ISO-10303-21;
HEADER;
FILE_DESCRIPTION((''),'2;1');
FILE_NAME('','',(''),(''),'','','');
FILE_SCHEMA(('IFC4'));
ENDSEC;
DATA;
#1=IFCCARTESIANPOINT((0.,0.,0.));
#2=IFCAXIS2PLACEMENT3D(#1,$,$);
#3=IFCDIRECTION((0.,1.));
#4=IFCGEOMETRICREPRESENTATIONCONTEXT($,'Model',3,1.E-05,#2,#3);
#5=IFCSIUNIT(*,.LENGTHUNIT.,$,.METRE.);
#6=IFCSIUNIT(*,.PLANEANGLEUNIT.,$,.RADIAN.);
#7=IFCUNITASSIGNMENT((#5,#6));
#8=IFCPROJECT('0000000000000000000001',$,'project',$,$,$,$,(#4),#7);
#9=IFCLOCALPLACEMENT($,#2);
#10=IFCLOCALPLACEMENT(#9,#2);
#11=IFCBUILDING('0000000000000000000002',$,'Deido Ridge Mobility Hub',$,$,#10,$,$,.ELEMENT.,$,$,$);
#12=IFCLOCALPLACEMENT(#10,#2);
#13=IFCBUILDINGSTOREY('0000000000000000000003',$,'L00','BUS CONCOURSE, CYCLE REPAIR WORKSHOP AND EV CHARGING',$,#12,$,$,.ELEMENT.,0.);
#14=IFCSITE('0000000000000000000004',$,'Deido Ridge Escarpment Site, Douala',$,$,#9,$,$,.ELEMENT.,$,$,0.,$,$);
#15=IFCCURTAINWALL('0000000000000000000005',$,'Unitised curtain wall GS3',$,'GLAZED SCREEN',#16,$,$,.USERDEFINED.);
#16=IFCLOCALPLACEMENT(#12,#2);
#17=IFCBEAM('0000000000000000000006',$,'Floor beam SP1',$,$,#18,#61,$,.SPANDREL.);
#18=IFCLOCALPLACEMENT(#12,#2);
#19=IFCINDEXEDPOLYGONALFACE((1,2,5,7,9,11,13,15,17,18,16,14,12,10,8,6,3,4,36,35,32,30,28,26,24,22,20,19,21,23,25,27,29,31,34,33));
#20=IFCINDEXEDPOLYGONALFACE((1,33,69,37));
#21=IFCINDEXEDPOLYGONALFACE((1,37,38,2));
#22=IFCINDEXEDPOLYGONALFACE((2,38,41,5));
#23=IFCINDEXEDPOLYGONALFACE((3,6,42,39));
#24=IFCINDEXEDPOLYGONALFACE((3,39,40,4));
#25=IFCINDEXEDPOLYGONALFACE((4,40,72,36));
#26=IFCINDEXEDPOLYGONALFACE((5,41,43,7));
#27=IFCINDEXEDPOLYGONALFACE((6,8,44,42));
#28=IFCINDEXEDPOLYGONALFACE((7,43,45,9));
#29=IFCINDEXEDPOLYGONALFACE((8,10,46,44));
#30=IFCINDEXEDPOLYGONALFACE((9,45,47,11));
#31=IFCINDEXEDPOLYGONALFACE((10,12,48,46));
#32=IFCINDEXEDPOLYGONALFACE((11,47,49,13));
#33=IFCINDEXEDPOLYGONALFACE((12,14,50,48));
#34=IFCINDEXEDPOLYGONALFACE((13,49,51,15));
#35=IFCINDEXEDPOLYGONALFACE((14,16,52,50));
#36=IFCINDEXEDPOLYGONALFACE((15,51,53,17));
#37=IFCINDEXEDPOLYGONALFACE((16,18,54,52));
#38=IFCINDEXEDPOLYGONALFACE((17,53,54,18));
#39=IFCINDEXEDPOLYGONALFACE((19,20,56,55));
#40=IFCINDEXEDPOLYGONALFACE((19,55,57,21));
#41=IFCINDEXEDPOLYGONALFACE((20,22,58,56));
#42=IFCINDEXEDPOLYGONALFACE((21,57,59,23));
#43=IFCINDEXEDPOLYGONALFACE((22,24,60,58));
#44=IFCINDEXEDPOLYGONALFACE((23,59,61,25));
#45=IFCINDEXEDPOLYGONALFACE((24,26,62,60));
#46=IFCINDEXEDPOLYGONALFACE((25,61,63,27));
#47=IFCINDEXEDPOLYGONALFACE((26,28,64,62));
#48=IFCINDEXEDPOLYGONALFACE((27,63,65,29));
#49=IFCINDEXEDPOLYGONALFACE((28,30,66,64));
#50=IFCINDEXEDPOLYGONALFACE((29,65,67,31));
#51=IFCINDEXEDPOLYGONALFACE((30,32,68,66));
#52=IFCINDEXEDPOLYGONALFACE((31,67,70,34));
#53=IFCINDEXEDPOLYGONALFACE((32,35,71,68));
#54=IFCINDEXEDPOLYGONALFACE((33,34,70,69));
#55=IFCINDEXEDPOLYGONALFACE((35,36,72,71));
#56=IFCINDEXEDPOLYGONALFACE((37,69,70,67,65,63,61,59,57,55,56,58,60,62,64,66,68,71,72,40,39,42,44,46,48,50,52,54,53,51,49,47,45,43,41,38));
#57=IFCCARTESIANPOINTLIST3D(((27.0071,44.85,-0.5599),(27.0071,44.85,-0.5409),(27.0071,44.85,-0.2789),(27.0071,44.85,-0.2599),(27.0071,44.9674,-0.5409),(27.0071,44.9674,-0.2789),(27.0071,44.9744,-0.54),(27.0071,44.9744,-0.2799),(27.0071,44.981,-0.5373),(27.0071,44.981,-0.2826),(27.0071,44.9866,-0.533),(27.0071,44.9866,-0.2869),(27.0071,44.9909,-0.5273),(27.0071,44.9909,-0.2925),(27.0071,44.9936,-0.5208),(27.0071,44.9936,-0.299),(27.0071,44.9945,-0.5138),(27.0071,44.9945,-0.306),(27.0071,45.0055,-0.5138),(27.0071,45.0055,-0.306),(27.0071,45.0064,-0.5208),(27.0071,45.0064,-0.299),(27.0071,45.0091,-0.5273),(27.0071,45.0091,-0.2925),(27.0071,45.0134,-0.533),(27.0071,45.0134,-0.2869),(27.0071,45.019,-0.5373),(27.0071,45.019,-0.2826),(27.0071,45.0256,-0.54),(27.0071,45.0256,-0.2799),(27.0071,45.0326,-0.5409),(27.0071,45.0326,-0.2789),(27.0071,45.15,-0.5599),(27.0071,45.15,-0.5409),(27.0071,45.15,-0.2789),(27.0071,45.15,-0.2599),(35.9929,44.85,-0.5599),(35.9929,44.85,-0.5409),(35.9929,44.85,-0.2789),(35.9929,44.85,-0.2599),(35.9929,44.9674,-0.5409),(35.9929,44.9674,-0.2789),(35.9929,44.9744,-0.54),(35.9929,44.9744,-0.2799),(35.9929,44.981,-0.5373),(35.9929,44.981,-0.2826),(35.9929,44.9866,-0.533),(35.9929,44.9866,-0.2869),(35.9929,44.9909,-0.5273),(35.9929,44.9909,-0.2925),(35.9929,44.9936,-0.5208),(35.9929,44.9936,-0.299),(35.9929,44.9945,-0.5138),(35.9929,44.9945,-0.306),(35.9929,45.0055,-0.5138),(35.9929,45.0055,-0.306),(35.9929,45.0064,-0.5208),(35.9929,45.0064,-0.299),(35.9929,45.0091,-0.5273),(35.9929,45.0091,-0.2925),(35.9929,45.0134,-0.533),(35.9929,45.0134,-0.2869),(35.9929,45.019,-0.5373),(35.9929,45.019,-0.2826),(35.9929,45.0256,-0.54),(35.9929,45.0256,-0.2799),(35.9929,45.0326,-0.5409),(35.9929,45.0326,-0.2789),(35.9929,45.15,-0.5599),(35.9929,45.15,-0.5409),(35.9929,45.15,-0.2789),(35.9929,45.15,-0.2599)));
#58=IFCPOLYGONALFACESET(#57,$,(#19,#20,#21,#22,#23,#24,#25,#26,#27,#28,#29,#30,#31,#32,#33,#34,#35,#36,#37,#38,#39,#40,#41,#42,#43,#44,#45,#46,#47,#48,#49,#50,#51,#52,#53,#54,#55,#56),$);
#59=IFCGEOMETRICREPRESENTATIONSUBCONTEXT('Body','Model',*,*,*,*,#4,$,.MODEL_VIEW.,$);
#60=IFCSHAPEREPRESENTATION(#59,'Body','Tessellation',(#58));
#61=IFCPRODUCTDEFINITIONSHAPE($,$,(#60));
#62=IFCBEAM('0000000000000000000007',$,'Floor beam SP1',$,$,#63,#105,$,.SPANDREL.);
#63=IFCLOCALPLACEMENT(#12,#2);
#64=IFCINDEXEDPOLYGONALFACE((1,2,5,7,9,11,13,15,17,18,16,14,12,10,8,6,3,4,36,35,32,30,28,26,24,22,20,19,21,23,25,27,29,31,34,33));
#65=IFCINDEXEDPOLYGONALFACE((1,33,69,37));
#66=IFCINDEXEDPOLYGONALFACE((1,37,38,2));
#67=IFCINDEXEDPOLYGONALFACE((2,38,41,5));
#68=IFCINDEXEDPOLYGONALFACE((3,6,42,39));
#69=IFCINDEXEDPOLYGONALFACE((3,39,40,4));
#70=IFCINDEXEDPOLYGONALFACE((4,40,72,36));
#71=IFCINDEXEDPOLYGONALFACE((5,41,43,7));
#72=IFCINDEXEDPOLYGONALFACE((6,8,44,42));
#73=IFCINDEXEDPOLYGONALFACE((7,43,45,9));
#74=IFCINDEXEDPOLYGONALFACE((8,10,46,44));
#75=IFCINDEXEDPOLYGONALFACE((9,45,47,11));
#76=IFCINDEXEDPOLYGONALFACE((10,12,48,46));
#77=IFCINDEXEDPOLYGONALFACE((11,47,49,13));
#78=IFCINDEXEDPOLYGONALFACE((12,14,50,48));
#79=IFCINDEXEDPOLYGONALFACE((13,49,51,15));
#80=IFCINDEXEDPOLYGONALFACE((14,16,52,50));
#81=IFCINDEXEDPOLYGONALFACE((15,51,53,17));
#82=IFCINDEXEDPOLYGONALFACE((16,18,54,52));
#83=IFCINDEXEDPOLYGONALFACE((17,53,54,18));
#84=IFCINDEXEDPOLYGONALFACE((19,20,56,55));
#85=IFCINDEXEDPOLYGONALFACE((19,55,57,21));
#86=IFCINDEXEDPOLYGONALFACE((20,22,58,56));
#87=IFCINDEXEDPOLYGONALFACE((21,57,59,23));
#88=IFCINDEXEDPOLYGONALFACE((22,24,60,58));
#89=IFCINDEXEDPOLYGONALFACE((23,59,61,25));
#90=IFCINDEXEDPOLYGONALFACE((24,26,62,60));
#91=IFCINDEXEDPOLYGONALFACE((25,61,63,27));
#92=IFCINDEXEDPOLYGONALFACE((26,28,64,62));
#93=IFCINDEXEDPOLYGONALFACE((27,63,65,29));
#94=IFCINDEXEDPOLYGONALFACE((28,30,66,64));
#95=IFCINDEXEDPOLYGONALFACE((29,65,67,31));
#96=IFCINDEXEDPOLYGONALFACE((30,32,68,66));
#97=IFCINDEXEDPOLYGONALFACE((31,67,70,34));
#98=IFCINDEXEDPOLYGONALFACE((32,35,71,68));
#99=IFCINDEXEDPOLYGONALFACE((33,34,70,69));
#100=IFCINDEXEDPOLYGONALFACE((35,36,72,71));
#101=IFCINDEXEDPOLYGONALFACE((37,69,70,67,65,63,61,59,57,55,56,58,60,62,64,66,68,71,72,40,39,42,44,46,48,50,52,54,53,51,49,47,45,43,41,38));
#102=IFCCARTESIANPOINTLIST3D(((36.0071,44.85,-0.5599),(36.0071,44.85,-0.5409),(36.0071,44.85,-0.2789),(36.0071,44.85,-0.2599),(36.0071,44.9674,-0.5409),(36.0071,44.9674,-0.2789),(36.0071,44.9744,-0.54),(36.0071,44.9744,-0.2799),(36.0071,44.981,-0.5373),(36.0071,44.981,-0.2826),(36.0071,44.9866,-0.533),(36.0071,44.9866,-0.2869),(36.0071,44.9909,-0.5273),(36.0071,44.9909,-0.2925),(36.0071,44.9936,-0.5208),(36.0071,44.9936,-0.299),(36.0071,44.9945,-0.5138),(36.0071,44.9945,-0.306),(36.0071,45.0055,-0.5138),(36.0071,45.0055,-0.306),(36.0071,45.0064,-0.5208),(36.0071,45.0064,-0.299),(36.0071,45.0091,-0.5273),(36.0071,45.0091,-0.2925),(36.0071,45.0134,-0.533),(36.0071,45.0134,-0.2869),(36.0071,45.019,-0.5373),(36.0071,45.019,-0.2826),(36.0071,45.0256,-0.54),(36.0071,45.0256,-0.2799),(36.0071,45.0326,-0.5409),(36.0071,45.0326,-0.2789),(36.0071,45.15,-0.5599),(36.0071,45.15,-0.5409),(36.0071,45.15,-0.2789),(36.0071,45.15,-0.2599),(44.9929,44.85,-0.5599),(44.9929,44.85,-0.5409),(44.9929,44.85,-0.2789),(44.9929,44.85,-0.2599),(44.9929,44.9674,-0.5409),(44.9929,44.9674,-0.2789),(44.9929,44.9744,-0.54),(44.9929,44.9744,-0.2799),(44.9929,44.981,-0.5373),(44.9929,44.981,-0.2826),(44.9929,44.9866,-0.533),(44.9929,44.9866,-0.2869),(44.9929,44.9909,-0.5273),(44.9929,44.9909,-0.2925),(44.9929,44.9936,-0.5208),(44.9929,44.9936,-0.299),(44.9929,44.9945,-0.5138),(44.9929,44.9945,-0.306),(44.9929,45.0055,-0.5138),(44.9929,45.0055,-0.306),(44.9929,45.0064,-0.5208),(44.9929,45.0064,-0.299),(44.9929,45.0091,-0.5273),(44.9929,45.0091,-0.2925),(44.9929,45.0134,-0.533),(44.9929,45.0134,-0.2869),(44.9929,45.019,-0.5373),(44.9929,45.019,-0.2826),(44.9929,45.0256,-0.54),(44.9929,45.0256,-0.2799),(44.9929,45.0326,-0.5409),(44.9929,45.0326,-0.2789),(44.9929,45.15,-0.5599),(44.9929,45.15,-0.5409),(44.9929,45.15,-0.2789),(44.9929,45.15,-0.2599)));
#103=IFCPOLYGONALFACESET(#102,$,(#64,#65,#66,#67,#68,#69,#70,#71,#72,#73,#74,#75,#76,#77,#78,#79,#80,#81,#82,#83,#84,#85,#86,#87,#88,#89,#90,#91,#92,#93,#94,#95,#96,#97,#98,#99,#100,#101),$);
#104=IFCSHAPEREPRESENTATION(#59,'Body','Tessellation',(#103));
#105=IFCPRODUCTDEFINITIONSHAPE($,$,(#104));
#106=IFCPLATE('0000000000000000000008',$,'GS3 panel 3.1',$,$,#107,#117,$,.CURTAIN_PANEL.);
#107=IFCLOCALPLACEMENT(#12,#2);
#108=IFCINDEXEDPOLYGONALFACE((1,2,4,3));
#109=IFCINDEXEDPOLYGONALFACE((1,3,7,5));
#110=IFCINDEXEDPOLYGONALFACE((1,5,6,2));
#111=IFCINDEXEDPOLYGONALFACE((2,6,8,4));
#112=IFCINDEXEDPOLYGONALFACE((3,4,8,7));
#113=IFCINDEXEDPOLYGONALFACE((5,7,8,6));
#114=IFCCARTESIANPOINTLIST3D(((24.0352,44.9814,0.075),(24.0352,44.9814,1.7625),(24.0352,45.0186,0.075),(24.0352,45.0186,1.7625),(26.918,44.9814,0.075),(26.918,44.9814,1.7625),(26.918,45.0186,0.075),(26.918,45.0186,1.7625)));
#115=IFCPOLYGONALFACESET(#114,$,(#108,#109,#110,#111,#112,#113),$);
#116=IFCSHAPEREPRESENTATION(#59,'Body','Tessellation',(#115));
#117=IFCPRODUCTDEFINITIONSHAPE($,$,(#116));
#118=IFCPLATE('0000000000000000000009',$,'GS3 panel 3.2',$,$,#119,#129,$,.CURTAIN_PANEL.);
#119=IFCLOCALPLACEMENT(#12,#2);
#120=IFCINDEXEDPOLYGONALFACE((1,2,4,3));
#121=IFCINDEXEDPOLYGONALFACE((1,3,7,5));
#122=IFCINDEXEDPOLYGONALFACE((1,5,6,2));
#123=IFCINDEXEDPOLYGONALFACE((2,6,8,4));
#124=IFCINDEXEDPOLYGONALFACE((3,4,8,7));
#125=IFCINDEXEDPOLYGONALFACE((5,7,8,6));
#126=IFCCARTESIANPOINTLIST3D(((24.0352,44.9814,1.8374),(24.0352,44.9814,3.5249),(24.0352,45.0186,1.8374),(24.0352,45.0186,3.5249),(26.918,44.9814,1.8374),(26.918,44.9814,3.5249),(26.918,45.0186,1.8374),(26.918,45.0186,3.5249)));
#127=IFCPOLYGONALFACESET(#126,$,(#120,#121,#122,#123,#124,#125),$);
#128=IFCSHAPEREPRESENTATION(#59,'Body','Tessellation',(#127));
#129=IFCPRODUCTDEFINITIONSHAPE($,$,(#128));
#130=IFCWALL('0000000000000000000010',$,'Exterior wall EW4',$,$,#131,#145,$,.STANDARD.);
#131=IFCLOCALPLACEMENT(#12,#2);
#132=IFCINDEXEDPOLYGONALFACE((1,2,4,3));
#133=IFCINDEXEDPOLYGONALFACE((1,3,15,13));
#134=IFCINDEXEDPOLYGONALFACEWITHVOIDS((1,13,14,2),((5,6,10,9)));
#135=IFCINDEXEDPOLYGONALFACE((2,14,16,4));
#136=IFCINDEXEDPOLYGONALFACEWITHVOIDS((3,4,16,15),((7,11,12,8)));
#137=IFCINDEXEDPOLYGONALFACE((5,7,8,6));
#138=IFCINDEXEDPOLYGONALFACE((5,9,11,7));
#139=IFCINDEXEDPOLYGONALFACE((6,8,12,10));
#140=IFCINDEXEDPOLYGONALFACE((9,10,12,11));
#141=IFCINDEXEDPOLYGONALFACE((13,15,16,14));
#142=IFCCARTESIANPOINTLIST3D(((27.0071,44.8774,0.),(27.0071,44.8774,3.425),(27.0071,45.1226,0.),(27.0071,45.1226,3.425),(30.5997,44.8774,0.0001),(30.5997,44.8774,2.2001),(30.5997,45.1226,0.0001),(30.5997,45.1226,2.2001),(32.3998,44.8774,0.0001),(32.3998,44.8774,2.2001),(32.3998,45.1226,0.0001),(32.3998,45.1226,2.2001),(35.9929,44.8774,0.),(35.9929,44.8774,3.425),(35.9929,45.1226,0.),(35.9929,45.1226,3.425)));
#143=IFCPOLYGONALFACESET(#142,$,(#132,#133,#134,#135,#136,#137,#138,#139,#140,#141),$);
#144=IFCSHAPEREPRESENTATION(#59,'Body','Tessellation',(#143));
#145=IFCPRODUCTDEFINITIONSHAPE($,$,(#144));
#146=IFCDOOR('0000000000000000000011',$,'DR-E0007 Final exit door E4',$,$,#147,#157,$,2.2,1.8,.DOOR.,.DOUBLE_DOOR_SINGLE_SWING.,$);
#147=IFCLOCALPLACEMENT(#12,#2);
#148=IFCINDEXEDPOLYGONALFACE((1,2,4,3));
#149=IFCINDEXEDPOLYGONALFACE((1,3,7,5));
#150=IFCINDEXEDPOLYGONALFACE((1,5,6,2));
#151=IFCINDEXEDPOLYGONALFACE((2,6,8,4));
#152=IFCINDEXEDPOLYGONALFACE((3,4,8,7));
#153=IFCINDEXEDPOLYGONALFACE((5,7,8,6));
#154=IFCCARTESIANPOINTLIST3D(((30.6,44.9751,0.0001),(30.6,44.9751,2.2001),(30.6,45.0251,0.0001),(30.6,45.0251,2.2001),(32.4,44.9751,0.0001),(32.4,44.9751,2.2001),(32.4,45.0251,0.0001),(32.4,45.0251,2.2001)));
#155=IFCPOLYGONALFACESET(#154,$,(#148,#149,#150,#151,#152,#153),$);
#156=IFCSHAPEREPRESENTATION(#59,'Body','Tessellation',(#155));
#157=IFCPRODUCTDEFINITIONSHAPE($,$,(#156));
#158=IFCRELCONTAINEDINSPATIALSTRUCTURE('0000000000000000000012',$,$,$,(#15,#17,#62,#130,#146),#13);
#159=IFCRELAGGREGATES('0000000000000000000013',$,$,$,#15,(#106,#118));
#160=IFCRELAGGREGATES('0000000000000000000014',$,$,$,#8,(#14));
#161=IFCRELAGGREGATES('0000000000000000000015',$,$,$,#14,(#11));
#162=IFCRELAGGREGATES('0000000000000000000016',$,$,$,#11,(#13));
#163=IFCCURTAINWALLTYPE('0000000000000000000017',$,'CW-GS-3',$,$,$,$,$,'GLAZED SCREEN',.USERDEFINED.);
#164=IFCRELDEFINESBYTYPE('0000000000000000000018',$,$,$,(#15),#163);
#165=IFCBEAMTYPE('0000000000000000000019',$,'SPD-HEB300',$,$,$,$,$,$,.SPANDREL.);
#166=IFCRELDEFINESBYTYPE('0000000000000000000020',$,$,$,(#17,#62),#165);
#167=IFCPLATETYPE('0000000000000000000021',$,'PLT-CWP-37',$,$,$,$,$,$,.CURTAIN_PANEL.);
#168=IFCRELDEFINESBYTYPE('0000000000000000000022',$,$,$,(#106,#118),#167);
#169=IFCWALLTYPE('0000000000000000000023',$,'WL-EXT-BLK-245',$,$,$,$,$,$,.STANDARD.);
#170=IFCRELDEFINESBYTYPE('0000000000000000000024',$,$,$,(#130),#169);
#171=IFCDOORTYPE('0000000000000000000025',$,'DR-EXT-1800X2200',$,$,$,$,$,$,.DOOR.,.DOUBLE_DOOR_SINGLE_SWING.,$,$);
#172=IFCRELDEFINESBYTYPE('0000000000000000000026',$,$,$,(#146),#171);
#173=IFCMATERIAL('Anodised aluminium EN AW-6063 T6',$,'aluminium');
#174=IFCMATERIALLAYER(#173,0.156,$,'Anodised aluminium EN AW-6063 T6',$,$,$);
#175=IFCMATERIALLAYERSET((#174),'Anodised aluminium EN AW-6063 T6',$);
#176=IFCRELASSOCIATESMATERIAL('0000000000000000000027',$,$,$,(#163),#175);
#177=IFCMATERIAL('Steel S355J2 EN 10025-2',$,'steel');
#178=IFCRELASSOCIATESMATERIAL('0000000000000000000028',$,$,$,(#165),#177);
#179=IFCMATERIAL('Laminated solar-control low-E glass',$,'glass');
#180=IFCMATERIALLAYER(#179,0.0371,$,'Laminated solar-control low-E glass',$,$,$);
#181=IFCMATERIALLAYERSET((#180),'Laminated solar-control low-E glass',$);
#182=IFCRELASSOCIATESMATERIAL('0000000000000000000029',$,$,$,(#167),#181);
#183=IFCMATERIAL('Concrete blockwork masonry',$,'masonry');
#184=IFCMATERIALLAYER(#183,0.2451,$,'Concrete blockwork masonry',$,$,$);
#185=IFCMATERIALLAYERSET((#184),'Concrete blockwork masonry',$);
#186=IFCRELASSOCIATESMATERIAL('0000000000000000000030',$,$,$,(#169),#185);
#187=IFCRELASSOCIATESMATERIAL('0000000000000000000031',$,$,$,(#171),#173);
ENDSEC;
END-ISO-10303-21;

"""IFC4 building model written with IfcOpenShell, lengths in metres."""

from ifc_helpers import new_model, si_unit, direction, frame, frame_2d, origin, origin_2d, place, context, subcontext, project, spatial, rectangle, i_section, extrude, material, layer, layer_set, material_profile, profile_set, type_object, element, fill, aggregate, save


model = new_model("IFC4")

# Units and contexts
model_context = context("Model", 3, precision=1e-05, world=origin(), true_north=direction((0.0, 1.0)))
body_context = subcontext(model_context, "Body", "Model", "MODEL_VIEW")
ifc_project = project(units=[si_unit("LENGTHUNIT", "METRE"), si_unit("PLANEANGLEUNIT", "RADIAN")], contexts=[model_context])

# Site, building, storey
site_placement = place(None, origin())
site = spatial("IfcSite", under=ifc_project, at=site_placement, Name="Deido Ridge Escarpment Site, Douala", CompositionType="ELEMENT", RefElevation=0.0)
building_placement = place(site_placement, origin())
building = spatial("IfcBuilding", under=site, at=building_placement, Name="Deido Ridge Mobility Hub", CompositionType="ELEMENT")
storey_placement = place(building_placement, origin())
storey = spatial("IfcBuildingStorey", under=building, at=storey_placement, Name="L00", Description="BUS CONCOURSE, CYCLE REPAIR WORKSHOP AND EV CHARGING", CompositionType="ELEMENT", Elevation=0.0)

# Shared definitions
ifc_material_1 = material(Name="Steel S355J2 EN 10025-2", Category="steel")

# Curtain wall
ifc_material_2 = material(Name="Anodised aluminium EN AW-6063 T6", Category="aluminium")
ifc_layer_1 = layer(ifc_material_2, 0.156, Name="Anodised aluminium EN AW-6063 T6")
ifc_layer_set_1 = layer_set([ifc_layer_1], Name="Anodised aluminium EN AW-6063 T6")
curtain_wall_type = type_object("IfcCurtainWallType", Name="CW-GS-3", ElementType="GLAZED SCREEN", PredefinedType="USERDEFINED", material=ifc_layer_set_1)
curtain_wall_placement = place(storey_placement, origin())
curtain_wall = element("IfcCurtainWall", 1, at=curtain_wall_placement, inside=storey, type_object=curtain_wall_type, Name="Unitised curtain wall GS3", ObjectType="GLAZED SCREEN", PredefinedType="USERDEFINED")

# Beams
ifc_material_profile_1 = material_profile(ifc_material_1, i_section(OverallWidth=0.3, OverallDepth=0.3, WebThickness=0.011, FlangeThickness=0.019, FilletRadius=0.0271, at=origin_2d()), Name="HEB 300")
ifc_profile_set_1 = profile_set([ifc_material_profile_1], Name="Steel S355J2 EN 10025-2")
beam_type_1 = type_object("IfcBeamType", Name="SPD-HEB300", PredefinedType="SPANDREL", material=ifc_profile_set_1)
for number, where, z_axis, x_axis, name in (
    (2, (27.0071, 45.0, -0.4099), (1.0, 0.0, 0.0), (0.0, 1.0, 0.0), "Floor beam SP1"),
    (3, (36.0071, 45.0, -0.4099), (1.0, 0.0, 0.0), (0.0, 1.0, 0.0), "Floor beam SP1"),
):
    element("IfcBeam", number, at=place(storey_placement, frame(where, z_axis=z_axis, x_axis=x_axis)), inside=storey, type_object=beam_type_1, Name=name, PredefinedType="SPANDREL", context=body_context, shape_type="SweptSolid", body=[
        extrude(i_section(OverallWidth=0.3, OverallDepth=0.3, WebThickness=0.011, FlangeThickness=0.019, FilletRadius=0.0271, at=origin_2d()), origin(), (0.0, 0.0, 1.0), 8.9858),
    ])

# Plates
ifc_material_3 = material(Name="Laminated solar-control low-E glass", Category="glass")
ifc_layer_2 = layer(ifc_material_3, 0.0371, Name="Laminated solar-control low-E glass")
ifc_layer_set_2 = layer_set([ifc_layer_2], Name="Laminated solar-control low-E glass")
plate_type = type_object("IfcPlateType", Name="PLT-CWP-37", PredefinedType="CURTAIN_PANEL", material=ifc_layer_set_2)
plate_1_placement = place(storey_placement, frame((25.4766, 45.0, 0.075), z_axis=(0.0, 0.0, 1.0), x_axis=(1.0, 0.0, 0.0)))
plate_1 = element("IfcPlate", 4, at=plate_1_placement, type_object=plate_type, Name="GS3 panel 3.1", PredefinedType="CURTAIN_PANEL", context=body_context, shape_type="SweptSolid", body=[
    extrude(rectangle(XDim=2.8828, YDim=0.0371, at=origin_2d()), origin(), (0.0, 0.0, 1.0), 1.6875),
])
plate_2_placement = place(storey_placement, frame((25.4766, 45.0, 1.8374), z_axis=(0.0, 0.0, 1.0), x_axis=(1.0, 0.0, 0.0)))
plate_2 = element("IfcPlate", 5, at=plate_2_placement, type_object=plate_type, Name="GS3 panel 3.2", PredefinedType="CURTAIN_PANEL", context=body_context, shape_type="SweptSolid", body=[
    extrude(rectangle(XDim=2.8828, YDim=0.0371, at=origin_2d()), origin(), (0.0, 0.0, 1.0), 1.6875),
])
aggregate(curtain_wall, [plate_1, plate_2])

# Wall, opening, door
ifc_material_4 = material(Name="Concrete blockwork masonry", Category="masonry")
ifc_layer_3 = layer(ifc_material_4, 0.2451, Name="Concrete blockwork masonry")
ifc_layer_set_3 = layer_set([ifc_layer_3], Name="Concrete blockwork masonry")
wall_type_1 = type_object("IfcWallType", Name="WL-EXT-BLK-245", PredefinedType="STANDARD", material=ifc_layer_set_3)
wall_1_placement = place(storey_placement, frame((27.0071, 45.0, 0.0), z_axis=(0.0, 0.0, 1.0), x_axis=(1.0, 0.0, 0.0)))
wall_1 = element("IfcWall", 6, at=wall_1_placement, inside=storey, type_object=wall_type_1, Name="Exterior wall EW4", PredefinedType="STANDARD", context=body_context, shape_type="SweptSolid", body=[
    extrude(rectangle(XDim=8.9858, YDim=0.2451, at=frame_2d((4.4929, 0.0))), origin(), (0.0, 0.0, 1.0), 3.425),
])
opening_1_placement = place(wall_1_placement, frame((3.5928, 0.0, 0.0)))
opening_1 = element("IfcOpeningElement", 7, at=opening_1_placement, cuts=wall_1, PredefinedType="OPENING", context=body_context, shape_type="SweptSolid", body=[
    extrude(rectangle(XDim=1.8, YDim=2.2, at=frame_2d((0.8999, 1.1001))), frame((0.0, 0.1326, 0.0), z_axis=(0.0, -1.0, 0.0), x_axis=(1.0, 0.0, 0.0)), (0.0, 0.0, 1.0), 0.2651),
])
door_type_1 = type_object("IfcDoorType", Name="DR-EXT-1800X2200", OperationType="DOUBLE_DOOR_SINGLE_SWING", PredefinedType="DOOR", material=ifc_material_2)
door_1_placement = place(opening_1_placement, frame((1.8, 0.0, 0.0), z_axis=(0.0, 0.0, 1.0), x_axis=(-1.0, 0.0, 0.0)))
door_1 = element("IfcDoor", 8, at=door_1_placement, inside=storey, type_object=door_type_1, Name="DR-E0007 Final exit door E4", OperationType="DOUBLE_DOOR_SINGLE_SWING", OverallHeight=2.2, OverallWidth=1.8, PredefinedType="DOOR", context=body_context, shape_type="SweptSolid", body=[
    extrude(rectangle(XDim=1.8, YDim=2.2, at=frame_2d((0.8999, 1.1001))), frame((0.0, 0.0249, 0.0), z_axis=(0.0, -1.0, 0.0), x_axis=(1.0, 0.0, 0.0)), (0.0, 0.0, 1.0), 0.05),
])
fill(opening_1, door_1)

save(model, "model.ifc")
